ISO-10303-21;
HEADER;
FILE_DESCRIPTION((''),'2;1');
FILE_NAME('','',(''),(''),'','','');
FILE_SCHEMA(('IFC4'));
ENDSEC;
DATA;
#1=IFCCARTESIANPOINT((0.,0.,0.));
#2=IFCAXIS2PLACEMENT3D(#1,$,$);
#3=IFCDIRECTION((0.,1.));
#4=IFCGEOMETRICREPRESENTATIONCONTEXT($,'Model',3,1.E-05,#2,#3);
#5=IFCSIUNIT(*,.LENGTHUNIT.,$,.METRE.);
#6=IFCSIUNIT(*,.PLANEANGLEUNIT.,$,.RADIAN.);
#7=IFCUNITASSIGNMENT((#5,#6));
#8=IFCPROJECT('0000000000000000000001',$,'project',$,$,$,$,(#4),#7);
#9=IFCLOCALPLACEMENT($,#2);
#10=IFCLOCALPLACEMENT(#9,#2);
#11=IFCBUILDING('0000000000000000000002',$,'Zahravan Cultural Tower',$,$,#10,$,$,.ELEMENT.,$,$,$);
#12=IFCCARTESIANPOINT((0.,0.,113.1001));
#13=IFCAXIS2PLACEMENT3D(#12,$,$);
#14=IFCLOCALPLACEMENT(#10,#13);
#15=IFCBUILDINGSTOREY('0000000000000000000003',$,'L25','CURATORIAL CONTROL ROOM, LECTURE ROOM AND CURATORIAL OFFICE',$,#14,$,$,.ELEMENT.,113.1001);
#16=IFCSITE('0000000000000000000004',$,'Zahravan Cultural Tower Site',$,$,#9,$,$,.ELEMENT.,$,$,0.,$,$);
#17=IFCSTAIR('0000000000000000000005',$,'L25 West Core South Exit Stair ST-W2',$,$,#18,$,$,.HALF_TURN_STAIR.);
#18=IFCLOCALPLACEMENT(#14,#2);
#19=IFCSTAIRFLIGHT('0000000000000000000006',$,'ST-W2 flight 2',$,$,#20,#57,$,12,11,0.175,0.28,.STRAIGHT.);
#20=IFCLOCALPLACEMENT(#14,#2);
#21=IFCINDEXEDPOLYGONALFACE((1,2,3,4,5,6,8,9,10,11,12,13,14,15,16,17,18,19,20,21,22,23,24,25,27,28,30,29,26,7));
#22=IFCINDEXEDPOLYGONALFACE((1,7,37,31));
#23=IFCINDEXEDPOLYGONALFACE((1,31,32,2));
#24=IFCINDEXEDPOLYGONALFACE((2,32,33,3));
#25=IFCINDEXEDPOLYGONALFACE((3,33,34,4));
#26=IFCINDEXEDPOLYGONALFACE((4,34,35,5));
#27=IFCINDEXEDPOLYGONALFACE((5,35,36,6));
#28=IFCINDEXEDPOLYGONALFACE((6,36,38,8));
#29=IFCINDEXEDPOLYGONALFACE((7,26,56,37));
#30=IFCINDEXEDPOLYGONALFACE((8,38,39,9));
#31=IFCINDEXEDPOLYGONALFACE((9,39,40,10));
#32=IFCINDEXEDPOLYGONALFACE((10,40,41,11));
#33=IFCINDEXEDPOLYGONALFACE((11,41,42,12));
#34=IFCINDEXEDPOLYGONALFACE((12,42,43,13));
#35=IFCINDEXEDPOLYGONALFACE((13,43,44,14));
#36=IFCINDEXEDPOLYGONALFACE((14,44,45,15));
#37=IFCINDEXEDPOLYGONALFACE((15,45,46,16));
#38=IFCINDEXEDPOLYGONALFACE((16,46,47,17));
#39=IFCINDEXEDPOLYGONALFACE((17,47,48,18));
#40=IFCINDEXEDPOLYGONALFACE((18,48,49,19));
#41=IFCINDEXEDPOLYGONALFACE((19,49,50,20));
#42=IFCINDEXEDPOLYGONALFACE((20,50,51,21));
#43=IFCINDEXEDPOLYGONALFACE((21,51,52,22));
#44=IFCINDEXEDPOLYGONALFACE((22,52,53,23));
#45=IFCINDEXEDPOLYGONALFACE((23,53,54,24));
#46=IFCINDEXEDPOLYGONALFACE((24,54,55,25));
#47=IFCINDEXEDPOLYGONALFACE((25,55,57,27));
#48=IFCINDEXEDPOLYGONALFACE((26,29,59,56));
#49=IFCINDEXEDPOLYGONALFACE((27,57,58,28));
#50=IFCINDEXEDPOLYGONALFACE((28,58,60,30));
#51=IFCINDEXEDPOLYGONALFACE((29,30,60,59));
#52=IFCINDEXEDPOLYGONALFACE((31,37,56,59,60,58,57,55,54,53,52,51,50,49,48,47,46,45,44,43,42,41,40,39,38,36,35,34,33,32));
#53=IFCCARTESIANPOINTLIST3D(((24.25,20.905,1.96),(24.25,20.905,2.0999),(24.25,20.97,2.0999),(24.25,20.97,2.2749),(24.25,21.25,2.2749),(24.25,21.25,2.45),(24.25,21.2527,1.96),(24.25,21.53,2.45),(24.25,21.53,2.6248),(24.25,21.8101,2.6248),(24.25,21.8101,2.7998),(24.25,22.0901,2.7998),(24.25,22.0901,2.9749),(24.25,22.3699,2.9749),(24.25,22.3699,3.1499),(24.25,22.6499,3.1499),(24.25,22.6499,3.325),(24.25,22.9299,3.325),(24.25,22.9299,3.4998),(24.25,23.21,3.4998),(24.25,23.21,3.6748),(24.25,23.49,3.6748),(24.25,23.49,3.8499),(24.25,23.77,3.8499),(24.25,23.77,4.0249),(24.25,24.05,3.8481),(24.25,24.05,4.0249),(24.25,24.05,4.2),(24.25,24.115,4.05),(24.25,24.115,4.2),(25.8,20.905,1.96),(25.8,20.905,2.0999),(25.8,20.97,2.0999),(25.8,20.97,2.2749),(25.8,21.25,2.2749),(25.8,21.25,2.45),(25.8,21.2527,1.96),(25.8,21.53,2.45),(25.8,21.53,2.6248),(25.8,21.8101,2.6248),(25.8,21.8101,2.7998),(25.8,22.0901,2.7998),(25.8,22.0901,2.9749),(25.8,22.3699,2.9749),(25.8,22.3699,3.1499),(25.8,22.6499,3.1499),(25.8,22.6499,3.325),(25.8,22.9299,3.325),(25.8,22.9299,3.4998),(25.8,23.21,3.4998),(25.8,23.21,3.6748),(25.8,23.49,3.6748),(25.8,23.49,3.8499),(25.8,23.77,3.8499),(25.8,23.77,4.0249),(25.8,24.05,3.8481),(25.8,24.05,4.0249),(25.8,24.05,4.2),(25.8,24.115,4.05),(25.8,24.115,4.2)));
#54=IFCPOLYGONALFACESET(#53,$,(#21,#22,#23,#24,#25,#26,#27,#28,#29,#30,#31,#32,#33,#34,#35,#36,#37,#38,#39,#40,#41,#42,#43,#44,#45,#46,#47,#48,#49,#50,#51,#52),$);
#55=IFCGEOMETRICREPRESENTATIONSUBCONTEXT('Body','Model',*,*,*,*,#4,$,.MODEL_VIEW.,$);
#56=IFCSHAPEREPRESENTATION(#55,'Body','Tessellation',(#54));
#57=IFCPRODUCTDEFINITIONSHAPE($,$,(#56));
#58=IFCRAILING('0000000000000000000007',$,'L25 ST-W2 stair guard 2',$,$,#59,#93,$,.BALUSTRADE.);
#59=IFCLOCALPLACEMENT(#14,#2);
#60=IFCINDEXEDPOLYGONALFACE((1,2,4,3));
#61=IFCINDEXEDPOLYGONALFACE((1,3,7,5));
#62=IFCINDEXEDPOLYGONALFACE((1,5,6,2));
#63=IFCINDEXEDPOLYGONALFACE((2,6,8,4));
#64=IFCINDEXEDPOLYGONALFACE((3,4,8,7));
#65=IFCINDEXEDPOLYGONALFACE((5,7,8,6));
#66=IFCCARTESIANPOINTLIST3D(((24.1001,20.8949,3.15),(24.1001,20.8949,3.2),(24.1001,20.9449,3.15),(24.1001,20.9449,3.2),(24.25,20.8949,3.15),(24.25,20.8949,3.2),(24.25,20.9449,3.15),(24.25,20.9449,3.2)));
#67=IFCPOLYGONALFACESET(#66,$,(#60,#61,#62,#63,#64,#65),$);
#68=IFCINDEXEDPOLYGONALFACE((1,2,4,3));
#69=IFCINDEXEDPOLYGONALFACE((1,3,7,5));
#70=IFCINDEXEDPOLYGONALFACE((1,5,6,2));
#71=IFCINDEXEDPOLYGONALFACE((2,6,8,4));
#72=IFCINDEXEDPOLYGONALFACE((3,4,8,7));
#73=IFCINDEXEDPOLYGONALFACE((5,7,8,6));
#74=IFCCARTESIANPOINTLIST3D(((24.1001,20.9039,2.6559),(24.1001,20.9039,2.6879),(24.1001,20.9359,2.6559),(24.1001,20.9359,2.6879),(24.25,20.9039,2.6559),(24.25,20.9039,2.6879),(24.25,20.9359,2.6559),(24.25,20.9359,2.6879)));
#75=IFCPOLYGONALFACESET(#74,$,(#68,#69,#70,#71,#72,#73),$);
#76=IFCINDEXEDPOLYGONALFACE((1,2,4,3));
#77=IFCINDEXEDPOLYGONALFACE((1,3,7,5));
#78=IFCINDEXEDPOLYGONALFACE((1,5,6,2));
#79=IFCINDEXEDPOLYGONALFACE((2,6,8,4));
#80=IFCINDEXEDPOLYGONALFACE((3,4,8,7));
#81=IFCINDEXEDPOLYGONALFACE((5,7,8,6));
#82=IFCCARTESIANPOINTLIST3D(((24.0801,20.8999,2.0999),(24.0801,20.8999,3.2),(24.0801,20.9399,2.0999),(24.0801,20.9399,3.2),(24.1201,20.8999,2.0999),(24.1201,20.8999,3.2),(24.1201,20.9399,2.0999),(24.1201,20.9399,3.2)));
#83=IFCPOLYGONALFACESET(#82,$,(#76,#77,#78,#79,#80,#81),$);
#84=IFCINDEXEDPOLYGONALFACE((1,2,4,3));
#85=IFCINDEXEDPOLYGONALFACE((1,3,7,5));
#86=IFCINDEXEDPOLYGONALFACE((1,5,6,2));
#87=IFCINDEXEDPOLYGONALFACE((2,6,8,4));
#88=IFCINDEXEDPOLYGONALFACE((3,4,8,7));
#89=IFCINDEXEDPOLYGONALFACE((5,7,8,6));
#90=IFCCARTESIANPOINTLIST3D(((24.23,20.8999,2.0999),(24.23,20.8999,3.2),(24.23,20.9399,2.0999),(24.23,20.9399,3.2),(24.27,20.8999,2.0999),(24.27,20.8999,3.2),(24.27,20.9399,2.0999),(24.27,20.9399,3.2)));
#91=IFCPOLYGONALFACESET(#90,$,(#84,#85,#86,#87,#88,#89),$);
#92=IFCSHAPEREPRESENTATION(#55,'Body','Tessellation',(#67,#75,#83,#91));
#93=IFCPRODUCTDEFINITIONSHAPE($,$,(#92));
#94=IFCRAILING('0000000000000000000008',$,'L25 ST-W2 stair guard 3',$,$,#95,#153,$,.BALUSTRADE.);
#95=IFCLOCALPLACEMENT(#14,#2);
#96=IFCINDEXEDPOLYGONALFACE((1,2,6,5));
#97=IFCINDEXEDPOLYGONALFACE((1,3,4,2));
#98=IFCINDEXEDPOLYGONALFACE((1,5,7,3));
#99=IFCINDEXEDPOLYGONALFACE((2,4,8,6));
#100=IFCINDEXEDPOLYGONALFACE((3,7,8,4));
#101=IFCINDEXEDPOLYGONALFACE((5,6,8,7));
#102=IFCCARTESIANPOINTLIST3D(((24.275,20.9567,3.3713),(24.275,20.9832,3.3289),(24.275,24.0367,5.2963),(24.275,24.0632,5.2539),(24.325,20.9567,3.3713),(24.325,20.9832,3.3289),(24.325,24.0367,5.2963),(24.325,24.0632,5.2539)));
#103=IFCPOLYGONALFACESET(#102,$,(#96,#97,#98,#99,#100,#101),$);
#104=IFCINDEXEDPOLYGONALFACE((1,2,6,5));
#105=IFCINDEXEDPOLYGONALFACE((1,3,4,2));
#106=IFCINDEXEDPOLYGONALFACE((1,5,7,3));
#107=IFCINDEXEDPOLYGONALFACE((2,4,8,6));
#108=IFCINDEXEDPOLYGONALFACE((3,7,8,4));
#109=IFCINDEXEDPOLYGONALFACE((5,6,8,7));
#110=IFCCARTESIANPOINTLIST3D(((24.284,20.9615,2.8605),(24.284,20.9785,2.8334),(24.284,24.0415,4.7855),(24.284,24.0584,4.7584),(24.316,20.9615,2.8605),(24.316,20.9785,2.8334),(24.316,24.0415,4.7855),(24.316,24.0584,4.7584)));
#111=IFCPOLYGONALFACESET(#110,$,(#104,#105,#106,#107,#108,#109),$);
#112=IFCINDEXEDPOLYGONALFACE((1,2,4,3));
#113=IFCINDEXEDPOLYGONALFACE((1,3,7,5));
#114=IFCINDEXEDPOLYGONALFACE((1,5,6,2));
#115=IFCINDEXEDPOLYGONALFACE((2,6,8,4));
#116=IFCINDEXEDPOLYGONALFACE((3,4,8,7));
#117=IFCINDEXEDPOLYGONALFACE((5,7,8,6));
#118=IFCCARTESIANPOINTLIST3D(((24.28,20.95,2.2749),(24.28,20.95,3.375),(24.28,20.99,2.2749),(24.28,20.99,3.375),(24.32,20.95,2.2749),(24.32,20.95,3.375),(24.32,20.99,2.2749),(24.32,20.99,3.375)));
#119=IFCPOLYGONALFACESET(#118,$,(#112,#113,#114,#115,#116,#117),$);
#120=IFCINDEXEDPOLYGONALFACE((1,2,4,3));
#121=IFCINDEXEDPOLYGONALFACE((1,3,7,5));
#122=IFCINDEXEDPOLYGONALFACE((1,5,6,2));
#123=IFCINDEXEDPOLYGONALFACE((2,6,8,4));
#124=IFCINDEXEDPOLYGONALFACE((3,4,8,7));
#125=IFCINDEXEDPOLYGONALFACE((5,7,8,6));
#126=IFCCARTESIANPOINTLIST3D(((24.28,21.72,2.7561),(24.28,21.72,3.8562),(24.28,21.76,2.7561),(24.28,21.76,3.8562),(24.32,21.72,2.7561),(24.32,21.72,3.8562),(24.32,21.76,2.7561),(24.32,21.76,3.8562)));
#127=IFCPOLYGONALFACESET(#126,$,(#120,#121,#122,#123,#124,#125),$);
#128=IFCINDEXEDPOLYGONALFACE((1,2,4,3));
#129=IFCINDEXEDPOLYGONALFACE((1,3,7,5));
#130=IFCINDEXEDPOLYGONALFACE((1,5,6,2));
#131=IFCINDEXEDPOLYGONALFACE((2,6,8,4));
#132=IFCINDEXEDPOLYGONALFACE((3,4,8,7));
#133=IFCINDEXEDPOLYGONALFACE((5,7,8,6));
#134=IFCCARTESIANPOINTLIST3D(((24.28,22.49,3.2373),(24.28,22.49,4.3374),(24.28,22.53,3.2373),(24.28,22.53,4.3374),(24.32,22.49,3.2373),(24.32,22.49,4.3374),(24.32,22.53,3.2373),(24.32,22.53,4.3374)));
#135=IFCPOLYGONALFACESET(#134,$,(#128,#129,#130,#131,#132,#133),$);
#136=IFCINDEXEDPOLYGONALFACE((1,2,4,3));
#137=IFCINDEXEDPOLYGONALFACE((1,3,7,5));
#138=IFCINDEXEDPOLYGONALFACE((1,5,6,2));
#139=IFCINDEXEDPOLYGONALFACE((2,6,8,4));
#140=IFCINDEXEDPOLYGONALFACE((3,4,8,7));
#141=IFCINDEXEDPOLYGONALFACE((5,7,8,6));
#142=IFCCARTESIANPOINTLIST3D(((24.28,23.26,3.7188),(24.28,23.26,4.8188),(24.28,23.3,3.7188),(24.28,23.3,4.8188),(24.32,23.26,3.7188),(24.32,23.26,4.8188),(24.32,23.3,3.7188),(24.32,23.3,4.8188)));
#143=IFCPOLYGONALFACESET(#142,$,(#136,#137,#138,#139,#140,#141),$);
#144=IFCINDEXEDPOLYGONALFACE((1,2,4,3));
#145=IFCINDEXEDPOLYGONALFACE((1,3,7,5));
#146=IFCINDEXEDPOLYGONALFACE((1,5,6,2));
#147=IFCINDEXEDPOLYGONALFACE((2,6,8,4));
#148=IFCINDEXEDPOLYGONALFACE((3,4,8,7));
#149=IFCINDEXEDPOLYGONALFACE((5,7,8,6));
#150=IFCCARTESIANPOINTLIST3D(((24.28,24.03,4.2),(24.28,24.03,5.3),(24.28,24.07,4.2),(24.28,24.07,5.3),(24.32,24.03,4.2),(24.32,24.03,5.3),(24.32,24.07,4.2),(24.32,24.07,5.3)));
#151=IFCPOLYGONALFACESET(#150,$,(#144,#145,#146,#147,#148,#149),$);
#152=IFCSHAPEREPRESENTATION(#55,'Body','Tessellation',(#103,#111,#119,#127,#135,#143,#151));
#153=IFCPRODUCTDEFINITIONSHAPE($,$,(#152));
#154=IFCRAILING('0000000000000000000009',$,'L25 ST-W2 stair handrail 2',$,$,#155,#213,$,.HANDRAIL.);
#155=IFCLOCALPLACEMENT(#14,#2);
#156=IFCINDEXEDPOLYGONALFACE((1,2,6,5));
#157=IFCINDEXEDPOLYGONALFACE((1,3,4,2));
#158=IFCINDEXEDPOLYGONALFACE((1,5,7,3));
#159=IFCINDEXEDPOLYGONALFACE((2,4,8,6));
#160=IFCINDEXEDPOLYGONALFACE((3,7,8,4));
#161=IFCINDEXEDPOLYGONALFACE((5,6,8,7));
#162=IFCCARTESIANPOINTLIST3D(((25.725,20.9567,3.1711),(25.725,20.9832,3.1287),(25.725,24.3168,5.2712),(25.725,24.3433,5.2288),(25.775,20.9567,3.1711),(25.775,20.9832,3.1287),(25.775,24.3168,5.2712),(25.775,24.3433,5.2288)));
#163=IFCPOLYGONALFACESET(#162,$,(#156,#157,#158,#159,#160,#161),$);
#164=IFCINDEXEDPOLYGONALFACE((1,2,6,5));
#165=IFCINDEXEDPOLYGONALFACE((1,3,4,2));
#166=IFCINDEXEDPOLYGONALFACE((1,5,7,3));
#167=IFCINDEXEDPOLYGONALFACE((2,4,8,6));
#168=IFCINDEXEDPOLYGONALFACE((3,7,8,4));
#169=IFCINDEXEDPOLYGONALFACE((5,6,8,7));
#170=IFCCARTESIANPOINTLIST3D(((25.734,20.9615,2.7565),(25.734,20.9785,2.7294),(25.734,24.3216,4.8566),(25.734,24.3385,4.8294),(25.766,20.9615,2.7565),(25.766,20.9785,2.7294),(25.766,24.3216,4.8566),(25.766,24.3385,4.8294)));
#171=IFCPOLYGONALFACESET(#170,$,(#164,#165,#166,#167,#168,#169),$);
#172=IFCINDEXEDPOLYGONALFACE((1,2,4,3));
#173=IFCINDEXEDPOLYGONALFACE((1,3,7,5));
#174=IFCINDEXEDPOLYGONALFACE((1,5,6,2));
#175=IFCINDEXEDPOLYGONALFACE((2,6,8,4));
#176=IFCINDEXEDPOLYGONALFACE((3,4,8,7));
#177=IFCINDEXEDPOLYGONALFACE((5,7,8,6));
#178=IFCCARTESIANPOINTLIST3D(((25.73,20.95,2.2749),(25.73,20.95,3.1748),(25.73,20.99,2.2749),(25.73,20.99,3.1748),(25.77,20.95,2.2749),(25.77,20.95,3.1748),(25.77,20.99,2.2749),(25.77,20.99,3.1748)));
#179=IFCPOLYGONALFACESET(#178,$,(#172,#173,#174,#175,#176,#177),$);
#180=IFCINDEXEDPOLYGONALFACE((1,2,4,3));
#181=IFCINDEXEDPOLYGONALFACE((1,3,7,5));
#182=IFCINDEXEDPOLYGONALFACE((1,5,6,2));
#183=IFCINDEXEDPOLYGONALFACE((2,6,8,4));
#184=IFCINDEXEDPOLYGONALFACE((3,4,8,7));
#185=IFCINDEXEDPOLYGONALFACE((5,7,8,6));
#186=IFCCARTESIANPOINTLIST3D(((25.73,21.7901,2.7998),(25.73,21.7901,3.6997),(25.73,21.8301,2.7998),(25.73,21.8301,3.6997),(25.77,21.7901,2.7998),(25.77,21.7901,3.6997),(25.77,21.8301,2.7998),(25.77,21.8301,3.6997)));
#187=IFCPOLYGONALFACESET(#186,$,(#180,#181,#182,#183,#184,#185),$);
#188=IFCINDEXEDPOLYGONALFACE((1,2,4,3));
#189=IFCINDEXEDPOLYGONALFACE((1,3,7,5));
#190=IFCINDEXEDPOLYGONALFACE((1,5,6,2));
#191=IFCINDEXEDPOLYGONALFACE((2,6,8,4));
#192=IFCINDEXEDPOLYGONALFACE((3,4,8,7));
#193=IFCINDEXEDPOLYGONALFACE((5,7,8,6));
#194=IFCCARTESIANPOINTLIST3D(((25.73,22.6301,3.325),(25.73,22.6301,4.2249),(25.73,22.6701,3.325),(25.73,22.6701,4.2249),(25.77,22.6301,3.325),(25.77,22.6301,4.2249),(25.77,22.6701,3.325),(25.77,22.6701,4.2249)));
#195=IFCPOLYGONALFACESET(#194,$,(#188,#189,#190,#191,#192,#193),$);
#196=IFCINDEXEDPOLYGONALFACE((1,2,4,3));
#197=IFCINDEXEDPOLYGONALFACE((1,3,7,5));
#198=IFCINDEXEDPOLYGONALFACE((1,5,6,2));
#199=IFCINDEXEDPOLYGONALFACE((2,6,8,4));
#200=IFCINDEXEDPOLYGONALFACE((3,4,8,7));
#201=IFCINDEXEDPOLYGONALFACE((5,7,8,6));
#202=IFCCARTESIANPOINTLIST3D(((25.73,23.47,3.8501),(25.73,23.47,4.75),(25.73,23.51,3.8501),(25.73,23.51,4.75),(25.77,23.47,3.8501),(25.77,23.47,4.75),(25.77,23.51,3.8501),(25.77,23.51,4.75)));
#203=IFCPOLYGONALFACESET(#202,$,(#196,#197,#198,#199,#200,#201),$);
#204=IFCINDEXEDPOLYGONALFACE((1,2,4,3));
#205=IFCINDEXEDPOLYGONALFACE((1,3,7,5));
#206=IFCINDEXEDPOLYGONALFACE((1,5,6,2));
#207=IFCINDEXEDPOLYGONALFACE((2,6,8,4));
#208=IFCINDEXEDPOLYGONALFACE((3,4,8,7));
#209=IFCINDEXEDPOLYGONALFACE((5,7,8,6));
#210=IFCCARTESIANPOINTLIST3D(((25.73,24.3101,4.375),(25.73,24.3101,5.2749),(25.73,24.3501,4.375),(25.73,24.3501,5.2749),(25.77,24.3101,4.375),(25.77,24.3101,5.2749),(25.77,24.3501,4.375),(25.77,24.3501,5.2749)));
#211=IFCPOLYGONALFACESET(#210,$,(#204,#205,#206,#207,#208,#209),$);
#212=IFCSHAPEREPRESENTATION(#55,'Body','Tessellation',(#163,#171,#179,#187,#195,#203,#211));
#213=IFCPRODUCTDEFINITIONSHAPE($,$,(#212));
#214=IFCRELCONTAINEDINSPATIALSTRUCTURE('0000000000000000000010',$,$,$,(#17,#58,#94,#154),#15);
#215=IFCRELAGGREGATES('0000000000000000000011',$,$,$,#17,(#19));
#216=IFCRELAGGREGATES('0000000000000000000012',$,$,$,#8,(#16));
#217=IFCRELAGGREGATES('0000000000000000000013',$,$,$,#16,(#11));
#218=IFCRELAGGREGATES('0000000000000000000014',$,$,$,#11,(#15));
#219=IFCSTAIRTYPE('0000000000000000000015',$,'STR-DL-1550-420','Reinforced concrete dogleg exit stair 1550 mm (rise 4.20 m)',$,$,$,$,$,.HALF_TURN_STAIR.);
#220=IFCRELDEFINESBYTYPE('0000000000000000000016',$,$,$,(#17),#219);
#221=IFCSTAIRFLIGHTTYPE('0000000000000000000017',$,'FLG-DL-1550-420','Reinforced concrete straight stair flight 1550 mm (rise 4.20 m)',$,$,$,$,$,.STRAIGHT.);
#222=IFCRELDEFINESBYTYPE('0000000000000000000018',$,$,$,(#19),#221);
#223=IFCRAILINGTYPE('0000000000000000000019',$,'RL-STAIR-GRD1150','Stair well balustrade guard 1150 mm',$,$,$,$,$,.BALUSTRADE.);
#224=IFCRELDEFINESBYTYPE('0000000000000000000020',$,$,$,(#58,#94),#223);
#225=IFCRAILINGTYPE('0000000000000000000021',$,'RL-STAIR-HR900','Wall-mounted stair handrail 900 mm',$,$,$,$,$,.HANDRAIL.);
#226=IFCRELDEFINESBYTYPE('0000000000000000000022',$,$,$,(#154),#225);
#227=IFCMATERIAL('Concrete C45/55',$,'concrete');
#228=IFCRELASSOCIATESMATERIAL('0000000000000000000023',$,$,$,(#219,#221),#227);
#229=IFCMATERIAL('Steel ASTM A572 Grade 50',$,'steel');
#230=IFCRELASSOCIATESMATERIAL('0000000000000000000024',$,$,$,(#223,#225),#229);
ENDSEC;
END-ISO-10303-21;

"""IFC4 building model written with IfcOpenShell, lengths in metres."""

from ifc_helpers import new_model, si_unit, direction, frame, origin, origin_2d, place, context, subcontext, project, spatial, polyline, rectangle, outline, extrude, material, type_object, element, aggregate, save


model = new_model("IFC4")

# Units and contexts
model_context = context("Model", 3, precision=1e-05, world=origin(), true_north=direction((0.0, 1.0)))
body_context = subcontext(model_context, "Body", "Model", "MODEL_VIEW")
ifc_project = project(units=[si_unit("LENGTHUNIT", "METRE"), si_unit("PLANEANGLEUNIT", "RADIAN")], contexts=[model_context])

# Site, building, storey
site_placement = place(None, origin())
site = spatial("IfcSite", under=ifc_project, at=site_placement, Name="Zahravan Cultural Tower Site", CompositionType="ELEMENT", RefElevation=0.0)
building_placement = place(site_placement, origin())
building = spatial("IfcBuilding", under=site, at=building_placement, Name="Zahravan Cultural Tower", CompositionType="ELEMENT")
storey_placement = place(building_placement, frame((0.0, 0.0, 113.1001)))
storey = spatial("IfcBuildingStorey", under=building, at=storey_placement, Name="L25", Description="CURATORIAL CONTROL ROOM, LECTURE ROOM AND CURATORIAL OFFICE", CompositionType="ELEMENT", Elevation=113.1001)

# Shared definitions
ifc_material_1 = material(Name="Steel ASTM A572 Grade 50", Category="steel")

# Shared definitions
ifc_material_2 = material(Name="Concrete C45/55", Category="concrete")

# Stair, stair flight
stair_type = type_object("IfcStairType", Name="STR-DL-1550-420", Description="Reinforced concrete dogleg exit stair 1550 mm (rise 4.20 m)", PredefinedType="HALF_TURN_STAIR", material=ifc_material_2)
stair_placement = place(storey_placement, origin())
stair = element("IfcStair", 1, at=stair_placement, inside=storey, type_object=stair_type, Name="L25 West Core South Exit Stair ST-W2", PredefinedType="HALF_TURN_STAIR")
stair_flight_type = type_object("IfcStairFlightType", Name="FLG-DL-1550-420", Description="Reinforced concrete straight stair flight 1550 mm (rise 4.20 m)", PredefinedType="STRAIGHT", material=ifc_material_2)
stair_flight_placement = place(storey_placement, frame((25.0249, 20.97, 2.0999), z_axis=(0.0, 0.0, 1.0), x_axis=(0.0, 1.0, 0.0)))
stair_flight = element("IfcStairFlight", 2, at=stair_flight_placement, type_object=stair_flight_type, Name="ST-W2 flight 2", NumberOfRisers=12, NumberOfTreads=11, PredefinedType="STRAIGHT", RiserHeight=0.175, TreadLength=0.28, context=body_context, shape_type="SweptSolid", body=[
    extrude(outline(polyline([(-0.0649, -0.1399), (-0.0649, 0.0), (0.0, 0.0), (0.0, 0.175), (0.28, 0.175), (0.28, 0.3501), (0.5601, 0.3501), (0.5601, 0.5249), (0.8401, 0.5249), (0.8401, 0.7), (1.1201, 0.7), (1.1201, 0.875), (1.3999, 0.875), (1.3999, 1.05), (1.6799, 1.05), (1.6799, 1.2251), (1.96, 1.2251), (1.96, 1.3999), (2.24, 1.3999), (2.24, 1.575), (2.52, 1.575), (2.52, 1.75), (2.8, 1.75), (2.8, 1.925), (3.0801, 1.925), (3.0801, 2.1001), (3.145, 2.1001), (3.145, 1.9502), (3.0801, 1.7483), (0.2827, -0.1399), (-0.0649, -0.1399)])), frame((0.0, 0.7749, 0.0), z_axis=(0.0, -1.0, 0.0), x_axis=(1.0, 0.0, 0.0)), (0.0, 0.0, 1.0), 1.55),
])
aggregate(stair, [stair_flight])

# Railings
railing_type_1 = type_object("IfcRailingType", Name="RL-STAIR-GRD1150", Description="Stair well balustrade guard 1150 mm", PredefinedType="BALUSTRADE", material=ifc_material_1)
railing_1_placement = place(storey_placement, frame((24.1001, 20.9199, 2.0999)))
element("IfcRailing", 3, at=railing_1_placement, inside=storey, type_object=railing_type_1, Name="L25 ST-W2 stair guard 2", PredefinedType="BALUSTRADE", context=body_context, shape_type="SweptSolid", body=[
    extrude(rectangle(XDim=0.05, YDim=0.05, at=origin_2d()), frame((0.0, 0.0, 1.0752), z_axis=(1.0, 0.0, 0.0), x_axis=(0.0, 1.0, 0.0)), (0.0, 0.0, 1.0), 0.1499),
    extrude(rectangle(XDim=0.032, YDim=0.032, at=origin_2d()), frame((0.0, 0.0, 0.572), z_axis=(1.0, 0.0, 0.0), x_axis=(0.0, 1.0, 0.0)), (0.0, 0.0, 1.0), 0.1499),
    extrude(rectangle(XDim=0.04, YDim=0.04, at=origin_2d()), origin(), (0.0, 0.0, 1.0), 1.1001),
    extrude(rectangle(XDim=0.04, YDim=0.04, at=origin_2d()), frame((0.1499, 0.0, 0.0)), (0.0, 0.0, 1.0), 1.1001),
])
railing_2_placement = place(storey_placement, frame((24.3, 20.97, 2.2749)))
element("IfcRailing", 4, at=railing_2_placement, inside=storey, type_object=railing_type_1, Name="L25 ST-W2 stair guard 3", PredefinedType="BALUSTRADE", context=body_context, shape_type="SweptSolid", body=[
    extrude(rectangle(XDim=0.05, YDim=0.05, at=origin_2d()), frame((0.0, 0.0, 1.0752), z_axis=(0.0, 0.847998, 0.529999), x_axis=(-1.0, 0.0, 0.0)), (0.0, 0.0, 1.0), 3.6321),
    extrude(rectangle(XDim=0.032, YDim=0.032, at=origin_2d()), frame((0.0, 0.0, 0.572), z_axis=(0.0, 0.847998, 0.529999), x_axis=(-1.0, 0.0, 0.0)), (0.0, 0.0, 1.0), 3.6321),
    extrude(rectangle(XDim=0.04, YDim=0.04, at=origin_2d()), origin(), (0.0, 0.0, 1.0), 1.1001),
    extrude(rectangle(XDim=0.04, YDim=0.04, at=origin_2d()), frame((0.0, 0.77, 0.4812)), (0.0, 0.0, 1.0), 1.1001),
    extrude(rectangle(XDim=0.04, YDim=0.04, at=origin_2d()), frame((0.0, 1.54, 0.9624)), (0.0, 0.0, 1.0), 1.1001),
    extrude(rectangle(XDim=0.04, YDim=0.04, at=origin_2d()), frame((0.0, 2.3101, 1.4438)), (0.0, 0.0, 1.0), 1.1001),
    extrude(rectangle(XDim=0.04, YDim=0.04, at=origin_2d()), frame((0.0, 3.0801, 1.925)), (0.0, 0.0, 1.0), 1.1001),
])
railing_type_2 = type_object("IfcRailingType", Name="RL-STAIR-HR900", Description="Wall-mounted stair handrail 900 mm", PredefinedType="HANDRAIL", material=ifc_material_1)
railing_3_placement = place(storey_placement, frame((25.75, 20.97, 2.2749)))
element("IfcRailing", 5, at=railing_3_placement, inside=storey, type_object=railing_type_2, Name="L25 ST-W2 stair handrail 2", PredefinedType="HANDRAIL", context=body_context, shape_type="SweptSolid", body=[
    extrude(rectangle(XDim=0.05, YDim=0.05, at=origin_2d()), frame((0.0, 0.0, 0.875), z_axis=(0.0, 0.847995, 0.530004), x_axis=(-1.0, 0.0, 0.0)), (0.0, 0.0, 1.0), 3.9624),
    extrude(rectangle(XDim=0.032, YDim=0.032, at=origin_2d()), frame((0.0, 0.0, 0.468), z_axis=(0.0, 0.847995, 0.530004), x_axis=(-1.0, 0.0, 0.0)), (0.0, 0.0, 1.0), 3.9624),
    extrude(rectangle(XDim=0.04, YDim=0.04, at=origin_2d()), origin(), (0.0, 0.0, 1.0), 0.8999),
    extrude(rectangle(XDim=0.04, YDim=0.04, at=origin_2d()), frame((0.0, 0.8401, 0.5249)), (0.0, 0.0, 1.0), 0.8999),
    extrude(rectangle(XDim=0.04, YDim=0.04, at=origin_2d()), frame((0.0, 1.6802, 1.05)), (0.0, 0.0, 1.0), 0.8999),
    extrude(rectangle(XDim=0.04, YDim=0.04, at=origin_2d()), frame((0.0, 2.52, 1.5752)), (0.0, 0.0, 1.0), 0.8999),
    extrude(rectangle(XDim=0.04, YDim=0.04, at=origin_2d()), frame((0.0, 3.3601, 2.1001)), (0.0, 0.0, 1.0), 0.8999),
])

save(model, "model.ifc")
